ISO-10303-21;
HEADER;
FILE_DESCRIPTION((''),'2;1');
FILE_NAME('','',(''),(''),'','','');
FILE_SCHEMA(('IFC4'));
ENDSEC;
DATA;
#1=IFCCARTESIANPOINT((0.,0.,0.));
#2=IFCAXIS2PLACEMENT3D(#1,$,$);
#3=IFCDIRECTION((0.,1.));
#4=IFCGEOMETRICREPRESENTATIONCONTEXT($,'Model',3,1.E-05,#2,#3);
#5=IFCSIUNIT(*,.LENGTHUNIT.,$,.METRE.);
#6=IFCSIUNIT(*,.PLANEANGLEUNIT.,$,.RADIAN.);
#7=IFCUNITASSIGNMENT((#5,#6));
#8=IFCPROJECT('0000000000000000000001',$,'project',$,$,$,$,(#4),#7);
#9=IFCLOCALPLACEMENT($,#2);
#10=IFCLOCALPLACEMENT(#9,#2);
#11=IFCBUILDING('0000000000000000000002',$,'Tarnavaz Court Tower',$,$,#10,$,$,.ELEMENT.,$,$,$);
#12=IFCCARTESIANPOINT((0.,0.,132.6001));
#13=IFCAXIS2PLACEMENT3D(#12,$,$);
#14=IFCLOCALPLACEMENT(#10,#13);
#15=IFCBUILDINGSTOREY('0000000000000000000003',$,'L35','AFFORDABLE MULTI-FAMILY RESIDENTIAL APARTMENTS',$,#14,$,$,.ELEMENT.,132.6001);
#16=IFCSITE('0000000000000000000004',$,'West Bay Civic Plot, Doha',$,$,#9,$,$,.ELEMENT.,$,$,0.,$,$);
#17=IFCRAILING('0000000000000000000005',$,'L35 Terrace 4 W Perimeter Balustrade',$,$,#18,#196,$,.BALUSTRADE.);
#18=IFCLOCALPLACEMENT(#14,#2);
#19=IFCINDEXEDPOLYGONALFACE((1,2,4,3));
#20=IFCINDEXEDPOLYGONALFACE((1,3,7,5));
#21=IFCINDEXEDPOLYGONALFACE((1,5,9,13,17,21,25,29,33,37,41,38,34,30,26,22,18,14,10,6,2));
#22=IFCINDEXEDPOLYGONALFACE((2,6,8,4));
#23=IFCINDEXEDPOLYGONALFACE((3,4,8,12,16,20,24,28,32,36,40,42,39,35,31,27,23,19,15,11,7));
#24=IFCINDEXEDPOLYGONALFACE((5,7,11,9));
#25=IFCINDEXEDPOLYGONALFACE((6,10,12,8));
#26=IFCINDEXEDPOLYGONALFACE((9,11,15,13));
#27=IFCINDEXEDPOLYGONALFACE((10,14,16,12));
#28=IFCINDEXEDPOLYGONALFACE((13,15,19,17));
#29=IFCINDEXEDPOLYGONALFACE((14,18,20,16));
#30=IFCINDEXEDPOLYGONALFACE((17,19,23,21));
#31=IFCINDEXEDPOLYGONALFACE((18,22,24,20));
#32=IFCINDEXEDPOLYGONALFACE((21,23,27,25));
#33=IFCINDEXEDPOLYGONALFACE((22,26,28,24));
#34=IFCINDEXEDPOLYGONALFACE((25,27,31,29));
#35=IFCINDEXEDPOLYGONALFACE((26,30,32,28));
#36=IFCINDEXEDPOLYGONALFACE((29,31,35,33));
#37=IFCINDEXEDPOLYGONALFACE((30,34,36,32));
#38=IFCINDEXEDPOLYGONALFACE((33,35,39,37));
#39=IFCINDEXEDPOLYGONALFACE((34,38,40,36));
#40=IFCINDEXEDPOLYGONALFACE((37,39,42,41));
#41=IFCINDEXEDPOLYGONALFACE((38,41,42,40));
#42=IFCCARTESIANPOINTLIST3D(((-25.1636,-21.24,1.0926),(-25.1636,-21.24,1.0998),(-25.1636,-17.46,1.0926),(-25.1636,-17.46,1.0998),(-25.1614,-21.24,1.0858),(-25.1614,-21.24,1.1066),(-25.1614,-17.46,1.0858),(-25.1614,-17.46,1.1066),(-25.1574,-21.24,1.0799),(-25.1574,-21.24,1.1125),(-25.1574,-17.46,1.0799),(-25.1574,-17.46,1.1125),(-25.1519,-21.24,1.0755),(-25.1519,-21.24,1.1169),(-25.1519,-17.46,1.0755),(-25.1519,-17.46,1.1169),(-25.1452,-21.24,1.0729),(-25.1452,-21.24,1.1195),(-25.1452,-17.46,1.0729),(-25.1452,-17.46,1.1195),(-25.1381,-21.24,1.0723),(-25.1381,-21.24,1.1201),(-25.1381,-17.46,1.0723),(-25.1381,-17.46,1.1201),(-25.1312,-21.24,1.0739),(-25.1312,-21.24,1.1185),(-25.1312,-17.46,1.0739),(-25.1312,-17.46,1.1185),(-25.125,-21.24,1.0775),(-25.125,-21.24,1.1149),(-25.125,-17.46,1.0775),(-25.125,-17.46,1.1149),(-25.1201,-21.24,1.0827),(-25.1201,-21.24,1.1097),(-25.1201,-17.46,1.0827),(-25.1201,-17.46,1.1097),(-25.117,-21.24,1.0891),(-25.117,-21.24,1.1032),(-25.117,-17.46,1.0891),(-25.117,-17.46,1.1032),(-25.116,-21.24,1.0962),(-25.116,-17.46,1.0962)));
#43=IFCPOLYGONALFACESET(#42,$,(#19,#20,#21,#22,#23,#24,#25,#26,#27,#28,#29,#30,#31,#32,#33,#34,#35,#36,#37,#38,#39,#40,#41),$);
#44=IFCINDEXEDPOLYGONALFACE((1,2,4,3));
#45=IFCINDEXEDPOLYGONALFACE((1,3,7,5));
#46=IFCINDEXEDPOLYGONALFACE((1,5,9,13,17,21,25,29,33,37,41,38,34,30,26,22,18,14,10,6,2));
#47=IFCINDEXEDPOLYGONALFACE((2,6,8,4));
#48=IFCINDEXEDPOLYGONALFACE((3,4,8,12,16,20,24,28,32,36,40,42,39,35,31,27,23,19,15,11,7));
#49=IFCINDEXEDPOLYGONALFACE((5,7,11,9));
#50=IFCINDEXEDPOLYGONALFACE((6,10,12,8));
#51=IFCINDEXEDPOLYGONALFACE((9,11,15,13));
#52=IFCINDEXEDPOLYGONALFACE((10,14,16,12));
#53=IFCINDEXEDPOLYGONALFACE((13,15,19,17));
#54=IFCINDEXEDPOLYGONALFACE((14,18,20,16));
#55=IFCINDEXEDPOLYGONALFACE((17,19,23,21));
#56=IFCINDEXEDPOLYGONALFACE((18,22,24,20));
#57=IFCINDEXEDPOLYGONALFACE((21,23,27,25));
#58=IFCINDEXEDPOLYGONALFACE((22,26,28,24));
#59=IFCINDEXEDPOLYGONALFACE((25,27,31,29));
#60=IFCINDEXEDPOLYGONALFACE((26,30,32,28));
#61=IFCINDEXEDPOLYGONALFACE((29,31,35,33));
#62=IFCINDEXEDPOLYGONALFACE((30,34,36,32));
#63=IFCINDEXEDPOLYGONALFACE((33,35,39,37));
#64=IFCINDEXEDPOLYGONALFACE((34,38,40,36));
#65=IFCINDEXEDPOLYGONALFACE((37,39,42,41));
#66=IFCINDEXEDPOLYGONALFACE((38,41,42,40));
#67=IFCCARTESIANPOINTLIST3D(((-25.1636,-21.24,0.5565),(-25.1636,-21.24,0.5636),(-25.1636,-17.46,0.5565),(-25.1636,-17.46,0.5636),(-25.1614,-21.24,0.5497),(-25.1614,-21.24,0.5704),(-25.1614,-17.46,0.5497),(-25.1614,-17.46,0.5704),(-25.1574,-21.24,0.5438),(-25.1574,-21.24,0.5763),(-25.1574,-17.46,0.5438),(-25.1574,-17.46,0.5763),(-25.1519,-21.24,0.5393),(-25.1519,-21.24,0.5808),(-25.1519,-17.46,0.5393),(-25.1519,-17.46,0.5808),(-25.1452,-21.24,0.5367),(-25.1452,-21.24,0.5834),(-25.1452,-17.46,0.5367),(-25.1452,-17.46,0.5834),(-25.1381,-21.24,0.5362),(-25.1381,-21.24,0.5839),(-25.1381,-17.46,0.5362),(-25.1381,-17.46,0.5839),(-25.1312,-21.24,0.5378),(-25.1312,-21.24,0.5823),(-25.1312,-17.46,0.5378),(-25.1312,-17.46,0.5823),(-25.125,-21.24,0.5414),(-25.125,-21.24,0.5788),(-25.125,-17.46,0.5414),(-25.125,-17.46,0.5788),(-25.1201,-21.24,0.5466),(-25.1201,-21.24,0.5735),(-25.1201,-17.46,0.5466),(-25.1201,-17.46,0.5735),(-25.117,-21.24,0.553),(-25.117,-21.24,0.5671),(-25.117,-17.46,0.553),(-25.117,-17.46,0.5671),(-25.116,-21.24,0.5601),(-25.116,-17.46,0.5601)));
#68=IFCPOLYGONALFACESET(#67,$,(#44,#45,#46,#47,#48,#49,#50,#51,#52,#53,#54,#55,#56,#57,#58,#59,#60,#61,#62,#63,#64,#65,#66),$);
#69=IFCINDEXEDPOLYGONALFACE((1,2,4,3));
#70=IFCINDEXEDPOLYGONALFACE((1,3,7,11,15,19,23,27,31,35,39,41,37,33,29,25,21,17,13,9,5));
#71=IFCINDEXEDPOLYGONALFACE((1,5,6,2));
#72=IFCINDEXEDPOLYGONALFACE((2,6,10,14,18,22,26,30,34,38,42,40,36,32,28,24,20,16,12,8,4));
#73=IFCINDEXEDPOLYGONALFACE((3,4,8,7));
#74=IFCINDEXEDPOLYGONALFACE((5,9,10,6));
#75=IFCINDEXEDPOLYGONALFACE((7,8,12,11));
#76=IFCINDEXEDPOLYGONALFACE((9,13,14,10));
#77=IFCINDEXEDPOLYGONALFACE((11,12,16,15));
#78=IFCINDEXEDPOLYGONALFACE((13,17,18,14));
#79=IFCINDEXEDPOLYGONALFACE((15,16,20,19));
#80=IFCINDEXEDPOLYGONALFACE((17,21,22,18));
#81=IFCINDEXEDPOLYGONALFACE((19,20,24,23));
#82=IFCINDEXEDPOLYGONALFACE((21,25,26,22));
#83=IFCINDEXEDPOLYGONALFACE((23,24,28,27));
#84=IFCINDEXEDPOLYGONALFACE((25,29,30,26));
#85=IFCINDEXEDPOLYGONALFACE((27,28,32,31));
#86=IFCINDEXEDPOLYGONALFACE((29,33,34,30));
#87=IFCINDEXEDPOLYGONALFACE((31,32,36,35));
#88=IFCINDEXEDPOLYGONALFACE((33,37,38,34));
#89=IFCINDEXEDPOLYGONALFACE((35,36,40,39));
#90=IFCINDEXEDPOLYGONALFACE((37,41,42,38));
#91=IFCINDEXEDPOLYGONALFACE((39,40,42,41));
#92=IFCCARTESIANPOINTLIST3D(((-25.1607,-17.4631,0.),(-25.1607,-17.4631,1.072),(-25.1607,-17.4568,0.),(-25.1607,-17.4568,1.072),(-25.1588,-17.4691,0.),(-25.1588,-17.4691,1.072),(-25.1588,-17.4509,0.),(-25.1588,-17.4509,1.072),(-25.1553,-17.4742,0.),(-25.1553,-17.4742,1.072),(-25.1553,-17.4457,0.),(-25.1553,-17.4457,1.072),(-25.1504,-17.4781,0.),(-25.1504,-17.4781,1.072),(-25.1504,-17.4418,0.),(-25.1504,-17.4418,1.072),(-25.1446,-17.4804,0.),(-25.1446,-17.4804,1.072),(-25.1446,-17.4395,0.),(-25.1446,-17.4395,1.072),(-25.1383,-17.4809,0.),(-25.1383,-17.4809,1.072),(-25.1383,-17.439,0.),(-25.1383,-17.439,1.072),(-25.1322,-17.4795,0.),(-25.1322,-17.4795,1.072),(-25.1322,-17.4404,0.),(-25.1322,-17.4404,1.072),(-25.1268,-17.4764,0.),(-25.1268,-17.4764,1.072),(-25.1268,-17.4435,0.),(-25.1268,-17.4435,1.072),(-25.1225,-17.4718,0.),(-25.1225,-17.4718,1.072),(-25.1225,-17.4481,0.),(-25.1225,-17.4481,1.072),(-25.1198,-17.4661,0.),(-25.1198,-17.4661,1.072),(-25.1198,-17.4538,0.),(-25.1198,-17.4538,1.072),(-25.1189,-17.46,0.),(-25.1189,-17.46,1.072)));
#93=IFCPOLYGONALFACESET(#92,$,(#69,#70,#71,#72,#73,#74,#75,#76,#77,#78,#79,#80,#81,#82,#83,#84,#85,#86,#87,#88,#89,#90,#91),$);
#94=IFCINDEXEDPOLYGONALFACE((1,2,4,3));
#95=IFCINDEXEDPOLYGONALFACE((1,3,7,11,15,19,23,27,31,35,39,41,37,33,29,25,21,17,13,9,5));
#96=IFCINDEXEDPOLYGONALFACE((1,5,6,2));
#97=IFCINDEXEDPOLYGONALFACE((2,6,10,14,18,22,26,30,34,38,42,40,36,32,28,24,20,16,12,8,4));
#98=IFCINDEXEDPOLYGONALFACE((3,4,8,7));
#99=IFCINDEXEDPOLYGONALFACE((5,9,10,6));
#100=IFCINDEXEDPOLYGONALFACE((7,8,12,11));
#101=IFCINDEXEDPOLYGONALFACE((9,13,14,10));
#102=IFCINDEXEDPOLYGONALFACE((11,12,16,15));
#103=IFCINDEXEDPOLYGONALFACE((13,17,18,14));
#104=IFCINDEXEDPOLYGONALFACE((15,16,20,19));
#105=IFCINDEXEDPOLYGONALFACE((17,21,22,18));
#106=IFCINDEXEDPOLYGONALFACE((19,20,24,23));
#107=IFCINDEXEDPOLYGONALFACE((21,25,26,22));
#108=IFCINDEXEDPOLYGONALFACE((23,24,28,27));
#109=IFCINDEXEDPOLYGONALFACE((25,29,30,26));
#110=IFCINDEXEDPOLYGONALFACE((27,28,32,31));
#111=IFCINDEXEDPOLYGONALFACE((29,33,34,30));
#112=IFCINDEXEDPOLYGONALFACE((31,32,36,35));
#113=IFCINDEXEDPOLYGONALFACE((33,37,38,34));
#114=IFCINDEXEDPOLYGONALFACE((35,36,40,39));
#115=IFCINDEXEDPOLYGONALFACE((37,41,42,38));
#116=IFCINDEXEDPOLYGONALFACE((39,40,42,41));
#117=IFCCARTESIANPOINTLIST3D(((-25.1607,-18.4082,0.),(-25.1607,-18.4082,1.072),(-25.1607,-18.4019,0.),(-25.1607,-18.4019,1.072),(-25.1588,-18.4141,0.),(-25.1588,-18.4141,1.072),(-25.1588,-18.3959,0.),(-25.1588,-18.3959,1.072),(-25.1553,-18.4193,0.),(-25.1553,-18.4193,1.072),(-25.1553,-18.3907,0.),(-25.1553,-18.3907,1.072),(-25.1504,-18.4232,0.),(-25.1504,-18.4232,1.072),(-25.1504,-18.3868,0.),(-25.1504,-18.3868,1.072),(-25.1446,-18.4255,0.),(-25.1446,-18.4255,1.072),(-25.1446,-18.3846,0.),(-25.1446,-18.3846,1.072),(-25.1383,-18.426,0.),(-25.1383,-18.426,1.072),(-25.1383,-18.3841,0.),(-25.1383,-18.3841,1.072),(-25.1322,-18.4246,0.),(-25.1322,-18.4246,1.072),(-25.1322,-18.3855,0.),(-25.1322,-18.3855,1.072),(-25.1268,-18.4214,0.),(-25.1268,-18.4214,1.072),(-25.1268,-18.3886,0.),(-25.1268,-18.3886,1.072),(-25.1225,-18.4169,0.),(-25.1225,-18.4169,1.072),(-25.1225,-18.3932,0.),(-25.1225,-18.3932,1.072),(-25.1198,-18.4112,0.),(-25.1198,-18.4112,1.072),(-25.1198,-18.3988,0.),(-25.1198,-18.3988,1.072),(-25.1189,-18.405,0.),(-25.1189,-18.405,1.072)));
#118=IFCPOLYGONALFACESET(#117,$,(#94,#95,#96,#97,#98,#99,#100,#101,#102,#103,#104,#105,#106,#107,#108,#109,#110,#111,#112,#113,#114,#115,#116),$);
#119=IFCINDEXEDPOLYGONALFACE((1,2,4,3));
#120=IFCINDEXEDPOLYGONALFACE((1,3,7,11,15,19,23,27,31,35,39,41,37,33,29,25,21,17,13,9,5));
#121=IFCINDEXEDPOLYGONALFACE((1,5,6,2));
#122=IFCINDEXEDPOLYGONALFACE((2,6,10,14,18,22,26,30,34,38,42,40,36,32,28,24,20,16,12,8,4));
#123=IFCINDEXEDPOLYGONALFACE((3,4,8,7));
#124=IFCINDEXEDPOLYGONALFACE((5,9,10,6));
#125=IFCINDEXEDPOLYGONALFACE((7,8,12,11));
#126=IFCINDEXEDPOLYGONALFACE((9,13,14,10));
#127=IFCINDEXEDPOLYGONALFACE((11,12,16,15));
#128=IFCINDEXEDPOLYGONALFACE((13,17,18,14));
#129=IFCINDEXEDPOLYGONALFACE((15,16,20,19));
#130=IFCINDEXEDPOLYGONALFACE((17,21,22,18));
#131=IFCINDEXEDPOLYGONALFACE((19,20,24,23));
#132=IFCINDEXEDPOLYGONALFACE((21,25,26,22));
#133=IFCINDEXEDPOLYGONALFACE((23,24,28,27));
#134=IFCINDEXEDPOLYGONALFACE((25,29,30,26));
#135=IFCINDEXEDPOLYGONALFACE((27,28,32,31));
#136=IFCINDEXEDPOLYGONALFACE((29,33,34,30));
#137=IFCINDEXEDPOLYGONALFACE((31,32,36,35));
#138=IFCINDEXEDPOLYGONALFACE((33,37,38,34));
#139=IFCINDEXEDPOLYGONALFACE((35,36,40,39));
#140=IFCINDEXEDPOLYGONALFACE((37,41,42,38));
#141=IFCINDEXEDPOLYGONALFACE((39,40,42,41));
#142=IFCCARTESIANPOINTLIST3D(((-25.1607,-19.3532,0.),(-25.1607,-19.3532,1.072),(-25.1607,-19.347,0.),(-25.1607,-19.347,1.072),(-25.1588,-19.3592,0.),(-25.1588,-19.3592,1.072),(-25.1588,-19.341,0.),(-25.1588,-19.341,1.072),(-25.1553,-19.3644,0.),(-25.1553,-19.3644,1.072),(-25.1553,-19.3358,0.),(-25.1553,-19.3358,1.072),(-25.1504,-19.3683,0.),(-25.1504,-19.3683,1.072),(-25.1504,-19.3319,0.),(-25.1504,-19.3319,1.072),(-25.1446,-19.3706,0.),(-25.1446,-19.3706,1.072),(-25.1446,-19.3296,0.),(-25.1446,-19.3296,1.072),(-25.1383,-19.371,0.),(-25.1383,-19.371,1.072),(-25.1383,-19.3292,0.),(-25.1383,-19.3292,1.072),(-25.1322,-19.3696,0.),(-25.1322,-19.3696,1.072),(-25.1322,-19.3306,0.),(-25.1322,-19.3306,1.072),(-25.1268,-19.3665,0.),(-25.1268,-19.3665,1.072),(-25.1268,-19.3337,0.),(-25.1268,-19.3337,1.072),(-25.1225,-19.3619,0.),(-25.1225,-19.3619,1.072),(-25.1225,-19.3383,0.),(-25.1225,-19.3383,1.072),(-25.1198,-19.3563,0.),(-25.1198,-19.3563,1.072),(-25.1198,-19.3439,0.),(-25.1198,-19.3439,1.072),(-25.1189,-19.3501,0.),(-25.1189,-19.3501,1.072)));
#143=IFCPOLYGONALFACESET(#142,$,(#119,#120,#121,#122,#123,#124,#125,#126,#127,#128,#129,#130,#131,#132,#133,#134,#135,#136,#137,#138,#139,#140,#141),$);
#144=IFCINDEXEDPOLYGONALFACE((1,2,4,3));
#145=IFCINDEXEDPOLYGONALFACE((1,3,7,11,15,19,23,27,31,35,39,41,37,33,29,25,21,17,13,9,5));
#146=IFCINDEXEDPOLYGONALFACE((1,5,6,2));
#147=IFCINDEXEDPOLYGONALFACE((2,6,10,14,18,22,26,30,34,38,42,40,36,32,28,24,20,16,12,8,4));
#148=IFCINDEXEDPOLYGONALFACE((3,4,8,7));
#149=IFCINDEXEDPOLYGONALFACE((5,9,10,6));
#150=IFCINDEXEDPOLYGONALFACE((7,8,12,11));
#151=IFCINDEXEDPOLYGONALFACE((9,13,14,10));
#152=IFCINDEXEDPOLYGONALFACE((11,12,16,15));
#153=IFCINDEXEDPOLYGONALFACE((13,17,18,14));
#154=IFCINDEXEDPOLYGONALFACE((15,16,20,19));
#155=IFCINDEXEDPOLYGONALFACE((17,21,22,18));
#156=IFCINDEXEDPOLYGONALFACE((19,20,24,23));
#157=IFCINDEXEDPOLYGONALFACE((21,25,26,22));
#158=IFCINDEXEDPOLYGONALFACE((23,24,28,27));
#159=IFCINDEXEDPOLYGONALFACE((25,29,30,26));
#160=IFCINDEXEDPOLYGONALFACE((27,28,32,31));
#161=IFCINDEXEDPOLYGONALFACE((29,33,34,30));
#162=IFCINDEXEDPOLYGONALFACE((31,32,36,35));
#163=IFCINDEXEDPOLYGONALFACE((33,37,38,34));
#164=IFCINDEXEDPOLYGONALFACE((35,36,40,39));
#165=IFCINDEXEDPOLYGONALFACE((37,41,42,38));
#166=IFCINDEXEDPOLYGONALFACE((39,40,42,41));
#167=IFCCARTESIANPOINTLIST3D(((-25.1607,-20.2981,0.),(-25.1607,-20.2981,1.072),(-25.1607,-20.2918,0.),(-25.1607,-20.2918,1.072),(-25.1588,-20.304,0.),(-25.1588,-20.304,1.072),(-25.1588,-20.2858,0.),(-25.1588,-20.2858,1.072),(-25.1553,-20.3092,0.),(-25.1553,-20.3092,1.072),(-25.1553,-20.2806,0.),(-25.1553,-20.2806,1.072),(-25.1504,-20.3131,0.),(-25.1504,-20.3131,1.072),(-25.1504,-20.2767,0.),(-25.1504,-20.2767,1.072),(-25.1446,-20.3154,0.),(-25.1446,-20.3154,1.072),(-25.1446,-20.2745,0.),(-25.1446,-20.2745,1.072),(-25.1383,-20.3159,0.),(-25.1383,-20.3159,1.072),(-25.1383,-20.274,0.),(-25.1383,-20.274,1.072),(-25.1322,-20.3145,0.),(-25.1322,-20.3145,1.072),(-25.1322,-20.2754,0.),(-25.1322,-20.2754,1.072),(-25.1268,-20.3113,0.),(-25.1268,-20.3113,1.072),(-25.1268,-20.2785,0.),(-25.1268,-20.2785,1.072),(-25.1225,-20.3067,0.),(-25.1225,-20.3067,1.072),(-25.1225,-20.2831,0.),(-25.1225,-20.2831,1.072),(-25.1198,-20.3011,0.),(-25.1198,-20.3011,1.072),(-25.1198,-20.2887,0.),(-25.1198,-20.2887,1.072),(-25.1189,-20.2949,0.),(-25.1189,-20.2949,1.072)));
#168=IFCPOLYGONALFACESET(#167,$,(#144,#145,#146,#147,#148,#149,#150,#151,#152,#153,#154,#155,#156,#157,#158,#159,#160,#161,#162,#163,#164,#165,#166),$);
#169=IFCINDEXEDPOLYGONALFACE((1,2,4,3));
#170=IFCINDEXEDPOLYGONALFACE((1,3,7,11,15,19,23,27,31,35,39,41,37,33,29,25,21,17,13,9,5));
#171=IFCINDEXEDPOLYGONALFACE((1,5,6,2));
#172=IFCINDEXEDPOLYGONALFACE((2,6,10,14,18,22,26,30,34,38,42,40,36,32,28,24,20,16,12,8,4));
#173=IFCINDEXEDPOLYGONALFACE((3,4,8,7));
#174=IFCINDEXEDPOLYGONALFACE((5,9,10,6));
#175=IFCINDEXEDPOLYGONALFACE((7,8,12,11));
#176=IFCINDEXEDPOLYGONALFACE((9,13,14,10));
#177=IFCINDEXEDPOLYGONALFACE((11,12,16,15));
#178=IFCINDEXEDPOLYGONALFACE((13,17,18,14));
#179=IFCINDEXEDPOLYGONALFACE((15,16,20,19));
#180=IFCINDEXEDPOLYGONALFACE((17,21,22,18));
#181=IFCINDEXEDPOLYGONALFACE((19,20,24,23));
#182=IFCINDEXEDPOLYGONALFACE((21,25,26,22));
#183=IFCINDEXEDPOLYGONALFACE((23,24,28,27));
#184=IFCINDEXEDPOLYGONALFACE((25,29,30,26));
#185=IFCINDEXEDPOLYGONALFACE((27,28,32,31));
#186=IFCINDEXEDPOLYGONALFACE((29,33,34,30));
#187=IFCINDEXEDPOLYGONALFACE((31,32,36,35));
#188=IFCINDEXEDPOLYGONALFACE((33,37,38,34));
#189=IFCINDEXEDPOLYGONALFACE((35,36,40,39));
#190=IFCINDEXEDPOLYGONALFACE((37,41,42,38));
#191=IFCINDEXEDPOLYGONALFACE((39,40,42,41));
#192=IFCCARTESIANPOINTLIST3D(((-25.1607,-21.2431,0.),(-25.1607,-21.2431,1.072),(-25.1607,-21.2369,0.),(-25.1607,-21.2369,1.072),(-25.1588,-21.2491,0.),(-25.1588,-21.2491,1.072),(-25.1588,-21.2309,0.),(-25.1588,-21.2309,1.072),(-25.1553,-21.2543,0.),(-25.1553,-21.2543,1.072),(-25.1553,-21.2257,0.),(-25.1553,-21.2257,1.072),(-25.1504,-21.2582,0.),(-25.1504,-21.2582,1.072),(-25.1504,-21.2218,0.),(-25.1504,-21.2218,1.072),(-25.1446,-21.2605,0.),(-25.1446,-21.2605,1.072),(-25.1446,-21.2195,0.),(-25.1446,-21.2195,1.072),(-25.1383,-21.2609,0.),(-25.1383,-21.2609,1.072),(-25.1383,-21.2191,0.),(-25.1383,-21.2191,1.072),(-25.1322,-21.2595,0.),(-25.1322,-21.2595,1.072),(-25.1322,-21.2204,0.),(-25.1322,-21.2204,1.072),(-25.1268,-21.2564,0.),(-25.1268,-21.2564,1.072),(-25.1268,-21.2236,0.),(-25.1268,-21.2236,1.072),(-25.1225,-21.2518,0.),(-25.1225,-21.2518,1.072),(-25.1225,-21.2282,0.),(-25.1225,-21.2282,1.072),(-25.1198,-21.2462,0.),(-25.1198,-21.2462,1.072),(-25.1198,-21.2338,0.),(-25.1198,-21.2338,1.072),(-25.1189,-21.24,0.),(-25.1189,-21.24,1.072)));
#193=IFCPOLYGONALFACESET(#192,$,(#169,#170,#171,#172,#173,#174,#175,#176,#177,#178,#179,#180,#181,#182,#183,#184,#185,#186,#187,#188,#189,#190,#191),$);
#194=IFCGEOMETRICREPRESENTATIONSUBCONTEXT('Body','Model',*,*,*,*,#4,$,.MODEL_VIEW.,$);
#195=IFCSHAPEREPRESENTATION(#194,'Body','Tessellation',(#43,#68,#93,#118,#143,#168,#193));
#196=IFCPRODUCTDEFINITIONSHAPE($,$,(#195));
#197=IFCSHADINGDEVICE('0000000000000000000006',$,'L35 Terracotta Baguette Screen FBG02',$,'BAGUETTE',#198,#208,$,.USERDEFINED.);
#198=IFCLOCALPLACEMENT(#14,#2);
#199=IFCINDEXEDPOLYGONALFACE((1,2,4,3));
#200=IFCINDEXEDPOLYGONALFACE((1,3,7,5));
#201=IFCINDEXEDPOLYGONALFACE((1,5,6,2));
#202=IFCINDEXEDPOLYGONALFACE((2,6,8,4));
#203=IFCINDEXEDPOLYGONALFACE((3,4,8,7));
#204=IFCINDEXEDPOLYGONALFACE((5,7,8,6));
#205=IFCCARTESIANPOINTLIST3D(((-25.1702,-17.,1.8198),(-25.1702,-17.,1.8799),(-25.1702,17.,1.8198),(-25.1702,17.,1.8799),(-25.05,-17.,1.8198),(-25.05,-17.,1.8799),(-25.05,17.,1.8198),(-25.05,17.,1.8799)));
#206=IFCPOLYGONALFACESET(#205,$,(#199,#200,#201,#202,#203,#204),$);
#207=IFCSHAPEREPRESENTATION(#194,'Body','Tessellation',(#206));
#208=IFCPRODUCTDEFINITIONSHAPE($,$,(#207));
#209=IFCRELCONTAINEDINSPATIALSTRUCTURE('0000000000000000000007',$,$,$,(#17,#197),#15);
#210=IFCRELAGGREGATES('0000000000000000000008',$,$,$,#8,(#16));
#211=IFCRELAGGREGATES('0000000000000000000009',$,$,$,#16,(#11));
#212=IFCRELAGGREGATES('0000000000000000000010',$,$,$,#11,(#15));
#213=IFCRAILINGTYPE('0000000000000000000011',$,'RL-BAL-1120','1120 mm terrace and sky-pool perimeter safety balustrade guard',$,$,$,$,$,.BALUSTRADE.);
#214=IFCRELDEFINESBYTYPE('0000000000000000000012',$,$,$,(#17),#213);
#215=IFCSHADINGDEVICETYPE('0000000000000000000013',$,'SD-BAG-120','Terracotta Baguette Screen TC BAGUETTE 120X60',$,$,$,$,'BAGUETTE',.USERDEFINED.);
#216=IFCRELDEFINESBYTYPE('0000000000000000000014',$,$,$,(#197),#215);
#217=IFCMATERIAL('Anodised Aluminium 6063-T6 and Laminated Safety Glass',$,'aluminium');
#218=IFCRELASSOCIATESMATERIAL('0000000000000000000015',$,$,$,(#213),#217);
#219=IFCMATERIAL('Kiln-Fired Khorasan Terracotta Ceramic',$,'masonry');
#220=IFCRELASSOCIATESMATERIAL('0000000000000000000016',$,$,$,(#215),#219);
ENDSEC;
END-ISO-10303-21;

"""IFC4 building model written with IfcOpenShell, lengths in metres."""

from ifc_helpers import new_model, si_unit, direction, frame, origin, origin_2d, place, context, subcontext, project, spatial, rectangle, circle, extrude, material, material_profile, profile_set, type_object, element, save


model = new_model("IFC4")

# Units and contexts
model_context = context("Model", 3, precision=1e-05, world=origin(), true_north=direction((0.0, 1.0)))
body_context = subcontext(model_context, "Body", "Model", "MODEL_VIEW")
ifc_project = project(units=[si_unit("LENGTHUNIT", "METRE"), si_unit("PLANEANGLEUNIT", "RADIAN")], contexts=[model_context])

# Site, building, storey
site_placement = place(None, origin())
site = spatial("IfcSite", under=ifc_project, at=site_placement, Name="West Bay Civic Plot, Doha", CompositionType="ELEMENT", RefElevation=0.0)
building_placement = place(site_placement, origin())
building = spatial("IfcBuilding", under=site, at=building_placement, Name="Tarnavaz Court Tower", CompositionType="ELEMENT")
storey_placement = place(building_placement, frame((0.0, 0.0, 132.6001)))
storey = spatial("IfcBuildingStorey", under=building, at=storey_placement, Name="L35", Description="AFFORDABLE MULTI-FAMILY RESIDENTIAL APARTMENTS", CompositionType="ELEMENT", Elevation=132.6001)

# Railing
ifc_material_1 = material(Name="Anodised Aluminium 6063-T6 and Laminated Safety Glass", Category="aluminium")
railing_type = type_object("IfcRailingType", Name="RL-BAL-1120", Description="1120 mm terrace and sky-pool perimeter safety balustrade guard", PredefinedType="BALUSTRADE", material=ifc_material_1)
railing_1_placement = place(storey_placement, frame((-25.1399, -17.46, 0.0)))
element("IfcRailing", 1, at=railing_1_placement, inside=storey, type_object=railing_type, Name="L35 Terrace 4 W Perimeter Balustrade", PredefinedType="BALUSTRADE", context=body_context, shape_type="SweptSolid", body=[
    extrude(circle(Radius=0.0239, at=origin_2d()), frame((0.0, 0.0, 1.0962), z_axis=(0.0, -1.0, 0.0), x_axis=(1.0, 0.0, 0.0)), (0.0, 0.0, 1.0), 3.78),
    extrude(circle(Radius=0.0239, at=origin_2d()), frame((0.0, 0.0, 0.5601), z_axis=(0.0, -1.0, 0.0), x_axis=(1.0, 0.0, 0.0)), (0.0, 0.0, 1.0), 3.78),
    extrude(circle(Radius=0.021, at=origin_2d()), origin(), (0.0, 0.0, 1.0), 1.072),
    extrude(circle(Radius=0.021, at=origin_2d()), frame((0.0, -0.9451, 0.0)), (0.0, 0.0, 1.0), 1.072),
    extrude(circle(Radius=0.021, at=origin_2d()), frame((0.0, -1.8901, 0.0)), (0.0, 0.0, 1.0), 1.072),
    extrude(circle(Radius=0.021, at=origin_2d()), frame((0.0, -2.835, 0.0)), (0.0, 0.0, 1.0), 1.072),
    extrude(circle(Radius=0.021, at=origin_2d()), frame((0.0, -3.78, 0.0)), (0.0, 0.0, 1.0), 1.072),
])

# Shading device
ifc_material_2 = material(Name="Kiln-Fired Khorasan Terracotta Ceramic", Category="masonry")
ifc_material_profile_1 = material_profile(ifc_material_2, rectangle(XDim=0.1201, YDim=0.0601, at=origin_2d()), Name="TC BAGUETTE 120X60")
ifc_profile_set_1 = profile_set([ifc_material_profile_1], Name="Kiln-Fired Khorasan Terracotta Ceramic")
shading_device_type = type_object("IfcShadingDeviceType", Name="SD-BAG-120", Description="Terracotta Baguette Screen TC BAGUETTE 120X60", ElementType="BAGUETTE", PredefinedType="USERDEFINED", material=ifc_profile_set_1)
shading_device_placement = place(storey_placement, frame((-25.1101, -17.0, 1.8499), z_axis=(0.0, 1.0, 0.0), x_axis=(-1.0, 0.0, 0.0)))
element("IfcShadingDevice", 2, at=shading_device_placement, inside=storey, type_object=shading_device_type, Name="L35 Terracotta Baguette Screen FBG02", ObjectType="BAGUETTE", PredefinedType="USERDEFINED", context=body_context, shape_type="SweptSolid", body=[
    extrude(rectangle(XDim=0.1201, YDim=0.0601, at=origin_2d()), origin(), (0.0, 0.0, 1.0), 34.0),
])

save(model, "model.ifc")
